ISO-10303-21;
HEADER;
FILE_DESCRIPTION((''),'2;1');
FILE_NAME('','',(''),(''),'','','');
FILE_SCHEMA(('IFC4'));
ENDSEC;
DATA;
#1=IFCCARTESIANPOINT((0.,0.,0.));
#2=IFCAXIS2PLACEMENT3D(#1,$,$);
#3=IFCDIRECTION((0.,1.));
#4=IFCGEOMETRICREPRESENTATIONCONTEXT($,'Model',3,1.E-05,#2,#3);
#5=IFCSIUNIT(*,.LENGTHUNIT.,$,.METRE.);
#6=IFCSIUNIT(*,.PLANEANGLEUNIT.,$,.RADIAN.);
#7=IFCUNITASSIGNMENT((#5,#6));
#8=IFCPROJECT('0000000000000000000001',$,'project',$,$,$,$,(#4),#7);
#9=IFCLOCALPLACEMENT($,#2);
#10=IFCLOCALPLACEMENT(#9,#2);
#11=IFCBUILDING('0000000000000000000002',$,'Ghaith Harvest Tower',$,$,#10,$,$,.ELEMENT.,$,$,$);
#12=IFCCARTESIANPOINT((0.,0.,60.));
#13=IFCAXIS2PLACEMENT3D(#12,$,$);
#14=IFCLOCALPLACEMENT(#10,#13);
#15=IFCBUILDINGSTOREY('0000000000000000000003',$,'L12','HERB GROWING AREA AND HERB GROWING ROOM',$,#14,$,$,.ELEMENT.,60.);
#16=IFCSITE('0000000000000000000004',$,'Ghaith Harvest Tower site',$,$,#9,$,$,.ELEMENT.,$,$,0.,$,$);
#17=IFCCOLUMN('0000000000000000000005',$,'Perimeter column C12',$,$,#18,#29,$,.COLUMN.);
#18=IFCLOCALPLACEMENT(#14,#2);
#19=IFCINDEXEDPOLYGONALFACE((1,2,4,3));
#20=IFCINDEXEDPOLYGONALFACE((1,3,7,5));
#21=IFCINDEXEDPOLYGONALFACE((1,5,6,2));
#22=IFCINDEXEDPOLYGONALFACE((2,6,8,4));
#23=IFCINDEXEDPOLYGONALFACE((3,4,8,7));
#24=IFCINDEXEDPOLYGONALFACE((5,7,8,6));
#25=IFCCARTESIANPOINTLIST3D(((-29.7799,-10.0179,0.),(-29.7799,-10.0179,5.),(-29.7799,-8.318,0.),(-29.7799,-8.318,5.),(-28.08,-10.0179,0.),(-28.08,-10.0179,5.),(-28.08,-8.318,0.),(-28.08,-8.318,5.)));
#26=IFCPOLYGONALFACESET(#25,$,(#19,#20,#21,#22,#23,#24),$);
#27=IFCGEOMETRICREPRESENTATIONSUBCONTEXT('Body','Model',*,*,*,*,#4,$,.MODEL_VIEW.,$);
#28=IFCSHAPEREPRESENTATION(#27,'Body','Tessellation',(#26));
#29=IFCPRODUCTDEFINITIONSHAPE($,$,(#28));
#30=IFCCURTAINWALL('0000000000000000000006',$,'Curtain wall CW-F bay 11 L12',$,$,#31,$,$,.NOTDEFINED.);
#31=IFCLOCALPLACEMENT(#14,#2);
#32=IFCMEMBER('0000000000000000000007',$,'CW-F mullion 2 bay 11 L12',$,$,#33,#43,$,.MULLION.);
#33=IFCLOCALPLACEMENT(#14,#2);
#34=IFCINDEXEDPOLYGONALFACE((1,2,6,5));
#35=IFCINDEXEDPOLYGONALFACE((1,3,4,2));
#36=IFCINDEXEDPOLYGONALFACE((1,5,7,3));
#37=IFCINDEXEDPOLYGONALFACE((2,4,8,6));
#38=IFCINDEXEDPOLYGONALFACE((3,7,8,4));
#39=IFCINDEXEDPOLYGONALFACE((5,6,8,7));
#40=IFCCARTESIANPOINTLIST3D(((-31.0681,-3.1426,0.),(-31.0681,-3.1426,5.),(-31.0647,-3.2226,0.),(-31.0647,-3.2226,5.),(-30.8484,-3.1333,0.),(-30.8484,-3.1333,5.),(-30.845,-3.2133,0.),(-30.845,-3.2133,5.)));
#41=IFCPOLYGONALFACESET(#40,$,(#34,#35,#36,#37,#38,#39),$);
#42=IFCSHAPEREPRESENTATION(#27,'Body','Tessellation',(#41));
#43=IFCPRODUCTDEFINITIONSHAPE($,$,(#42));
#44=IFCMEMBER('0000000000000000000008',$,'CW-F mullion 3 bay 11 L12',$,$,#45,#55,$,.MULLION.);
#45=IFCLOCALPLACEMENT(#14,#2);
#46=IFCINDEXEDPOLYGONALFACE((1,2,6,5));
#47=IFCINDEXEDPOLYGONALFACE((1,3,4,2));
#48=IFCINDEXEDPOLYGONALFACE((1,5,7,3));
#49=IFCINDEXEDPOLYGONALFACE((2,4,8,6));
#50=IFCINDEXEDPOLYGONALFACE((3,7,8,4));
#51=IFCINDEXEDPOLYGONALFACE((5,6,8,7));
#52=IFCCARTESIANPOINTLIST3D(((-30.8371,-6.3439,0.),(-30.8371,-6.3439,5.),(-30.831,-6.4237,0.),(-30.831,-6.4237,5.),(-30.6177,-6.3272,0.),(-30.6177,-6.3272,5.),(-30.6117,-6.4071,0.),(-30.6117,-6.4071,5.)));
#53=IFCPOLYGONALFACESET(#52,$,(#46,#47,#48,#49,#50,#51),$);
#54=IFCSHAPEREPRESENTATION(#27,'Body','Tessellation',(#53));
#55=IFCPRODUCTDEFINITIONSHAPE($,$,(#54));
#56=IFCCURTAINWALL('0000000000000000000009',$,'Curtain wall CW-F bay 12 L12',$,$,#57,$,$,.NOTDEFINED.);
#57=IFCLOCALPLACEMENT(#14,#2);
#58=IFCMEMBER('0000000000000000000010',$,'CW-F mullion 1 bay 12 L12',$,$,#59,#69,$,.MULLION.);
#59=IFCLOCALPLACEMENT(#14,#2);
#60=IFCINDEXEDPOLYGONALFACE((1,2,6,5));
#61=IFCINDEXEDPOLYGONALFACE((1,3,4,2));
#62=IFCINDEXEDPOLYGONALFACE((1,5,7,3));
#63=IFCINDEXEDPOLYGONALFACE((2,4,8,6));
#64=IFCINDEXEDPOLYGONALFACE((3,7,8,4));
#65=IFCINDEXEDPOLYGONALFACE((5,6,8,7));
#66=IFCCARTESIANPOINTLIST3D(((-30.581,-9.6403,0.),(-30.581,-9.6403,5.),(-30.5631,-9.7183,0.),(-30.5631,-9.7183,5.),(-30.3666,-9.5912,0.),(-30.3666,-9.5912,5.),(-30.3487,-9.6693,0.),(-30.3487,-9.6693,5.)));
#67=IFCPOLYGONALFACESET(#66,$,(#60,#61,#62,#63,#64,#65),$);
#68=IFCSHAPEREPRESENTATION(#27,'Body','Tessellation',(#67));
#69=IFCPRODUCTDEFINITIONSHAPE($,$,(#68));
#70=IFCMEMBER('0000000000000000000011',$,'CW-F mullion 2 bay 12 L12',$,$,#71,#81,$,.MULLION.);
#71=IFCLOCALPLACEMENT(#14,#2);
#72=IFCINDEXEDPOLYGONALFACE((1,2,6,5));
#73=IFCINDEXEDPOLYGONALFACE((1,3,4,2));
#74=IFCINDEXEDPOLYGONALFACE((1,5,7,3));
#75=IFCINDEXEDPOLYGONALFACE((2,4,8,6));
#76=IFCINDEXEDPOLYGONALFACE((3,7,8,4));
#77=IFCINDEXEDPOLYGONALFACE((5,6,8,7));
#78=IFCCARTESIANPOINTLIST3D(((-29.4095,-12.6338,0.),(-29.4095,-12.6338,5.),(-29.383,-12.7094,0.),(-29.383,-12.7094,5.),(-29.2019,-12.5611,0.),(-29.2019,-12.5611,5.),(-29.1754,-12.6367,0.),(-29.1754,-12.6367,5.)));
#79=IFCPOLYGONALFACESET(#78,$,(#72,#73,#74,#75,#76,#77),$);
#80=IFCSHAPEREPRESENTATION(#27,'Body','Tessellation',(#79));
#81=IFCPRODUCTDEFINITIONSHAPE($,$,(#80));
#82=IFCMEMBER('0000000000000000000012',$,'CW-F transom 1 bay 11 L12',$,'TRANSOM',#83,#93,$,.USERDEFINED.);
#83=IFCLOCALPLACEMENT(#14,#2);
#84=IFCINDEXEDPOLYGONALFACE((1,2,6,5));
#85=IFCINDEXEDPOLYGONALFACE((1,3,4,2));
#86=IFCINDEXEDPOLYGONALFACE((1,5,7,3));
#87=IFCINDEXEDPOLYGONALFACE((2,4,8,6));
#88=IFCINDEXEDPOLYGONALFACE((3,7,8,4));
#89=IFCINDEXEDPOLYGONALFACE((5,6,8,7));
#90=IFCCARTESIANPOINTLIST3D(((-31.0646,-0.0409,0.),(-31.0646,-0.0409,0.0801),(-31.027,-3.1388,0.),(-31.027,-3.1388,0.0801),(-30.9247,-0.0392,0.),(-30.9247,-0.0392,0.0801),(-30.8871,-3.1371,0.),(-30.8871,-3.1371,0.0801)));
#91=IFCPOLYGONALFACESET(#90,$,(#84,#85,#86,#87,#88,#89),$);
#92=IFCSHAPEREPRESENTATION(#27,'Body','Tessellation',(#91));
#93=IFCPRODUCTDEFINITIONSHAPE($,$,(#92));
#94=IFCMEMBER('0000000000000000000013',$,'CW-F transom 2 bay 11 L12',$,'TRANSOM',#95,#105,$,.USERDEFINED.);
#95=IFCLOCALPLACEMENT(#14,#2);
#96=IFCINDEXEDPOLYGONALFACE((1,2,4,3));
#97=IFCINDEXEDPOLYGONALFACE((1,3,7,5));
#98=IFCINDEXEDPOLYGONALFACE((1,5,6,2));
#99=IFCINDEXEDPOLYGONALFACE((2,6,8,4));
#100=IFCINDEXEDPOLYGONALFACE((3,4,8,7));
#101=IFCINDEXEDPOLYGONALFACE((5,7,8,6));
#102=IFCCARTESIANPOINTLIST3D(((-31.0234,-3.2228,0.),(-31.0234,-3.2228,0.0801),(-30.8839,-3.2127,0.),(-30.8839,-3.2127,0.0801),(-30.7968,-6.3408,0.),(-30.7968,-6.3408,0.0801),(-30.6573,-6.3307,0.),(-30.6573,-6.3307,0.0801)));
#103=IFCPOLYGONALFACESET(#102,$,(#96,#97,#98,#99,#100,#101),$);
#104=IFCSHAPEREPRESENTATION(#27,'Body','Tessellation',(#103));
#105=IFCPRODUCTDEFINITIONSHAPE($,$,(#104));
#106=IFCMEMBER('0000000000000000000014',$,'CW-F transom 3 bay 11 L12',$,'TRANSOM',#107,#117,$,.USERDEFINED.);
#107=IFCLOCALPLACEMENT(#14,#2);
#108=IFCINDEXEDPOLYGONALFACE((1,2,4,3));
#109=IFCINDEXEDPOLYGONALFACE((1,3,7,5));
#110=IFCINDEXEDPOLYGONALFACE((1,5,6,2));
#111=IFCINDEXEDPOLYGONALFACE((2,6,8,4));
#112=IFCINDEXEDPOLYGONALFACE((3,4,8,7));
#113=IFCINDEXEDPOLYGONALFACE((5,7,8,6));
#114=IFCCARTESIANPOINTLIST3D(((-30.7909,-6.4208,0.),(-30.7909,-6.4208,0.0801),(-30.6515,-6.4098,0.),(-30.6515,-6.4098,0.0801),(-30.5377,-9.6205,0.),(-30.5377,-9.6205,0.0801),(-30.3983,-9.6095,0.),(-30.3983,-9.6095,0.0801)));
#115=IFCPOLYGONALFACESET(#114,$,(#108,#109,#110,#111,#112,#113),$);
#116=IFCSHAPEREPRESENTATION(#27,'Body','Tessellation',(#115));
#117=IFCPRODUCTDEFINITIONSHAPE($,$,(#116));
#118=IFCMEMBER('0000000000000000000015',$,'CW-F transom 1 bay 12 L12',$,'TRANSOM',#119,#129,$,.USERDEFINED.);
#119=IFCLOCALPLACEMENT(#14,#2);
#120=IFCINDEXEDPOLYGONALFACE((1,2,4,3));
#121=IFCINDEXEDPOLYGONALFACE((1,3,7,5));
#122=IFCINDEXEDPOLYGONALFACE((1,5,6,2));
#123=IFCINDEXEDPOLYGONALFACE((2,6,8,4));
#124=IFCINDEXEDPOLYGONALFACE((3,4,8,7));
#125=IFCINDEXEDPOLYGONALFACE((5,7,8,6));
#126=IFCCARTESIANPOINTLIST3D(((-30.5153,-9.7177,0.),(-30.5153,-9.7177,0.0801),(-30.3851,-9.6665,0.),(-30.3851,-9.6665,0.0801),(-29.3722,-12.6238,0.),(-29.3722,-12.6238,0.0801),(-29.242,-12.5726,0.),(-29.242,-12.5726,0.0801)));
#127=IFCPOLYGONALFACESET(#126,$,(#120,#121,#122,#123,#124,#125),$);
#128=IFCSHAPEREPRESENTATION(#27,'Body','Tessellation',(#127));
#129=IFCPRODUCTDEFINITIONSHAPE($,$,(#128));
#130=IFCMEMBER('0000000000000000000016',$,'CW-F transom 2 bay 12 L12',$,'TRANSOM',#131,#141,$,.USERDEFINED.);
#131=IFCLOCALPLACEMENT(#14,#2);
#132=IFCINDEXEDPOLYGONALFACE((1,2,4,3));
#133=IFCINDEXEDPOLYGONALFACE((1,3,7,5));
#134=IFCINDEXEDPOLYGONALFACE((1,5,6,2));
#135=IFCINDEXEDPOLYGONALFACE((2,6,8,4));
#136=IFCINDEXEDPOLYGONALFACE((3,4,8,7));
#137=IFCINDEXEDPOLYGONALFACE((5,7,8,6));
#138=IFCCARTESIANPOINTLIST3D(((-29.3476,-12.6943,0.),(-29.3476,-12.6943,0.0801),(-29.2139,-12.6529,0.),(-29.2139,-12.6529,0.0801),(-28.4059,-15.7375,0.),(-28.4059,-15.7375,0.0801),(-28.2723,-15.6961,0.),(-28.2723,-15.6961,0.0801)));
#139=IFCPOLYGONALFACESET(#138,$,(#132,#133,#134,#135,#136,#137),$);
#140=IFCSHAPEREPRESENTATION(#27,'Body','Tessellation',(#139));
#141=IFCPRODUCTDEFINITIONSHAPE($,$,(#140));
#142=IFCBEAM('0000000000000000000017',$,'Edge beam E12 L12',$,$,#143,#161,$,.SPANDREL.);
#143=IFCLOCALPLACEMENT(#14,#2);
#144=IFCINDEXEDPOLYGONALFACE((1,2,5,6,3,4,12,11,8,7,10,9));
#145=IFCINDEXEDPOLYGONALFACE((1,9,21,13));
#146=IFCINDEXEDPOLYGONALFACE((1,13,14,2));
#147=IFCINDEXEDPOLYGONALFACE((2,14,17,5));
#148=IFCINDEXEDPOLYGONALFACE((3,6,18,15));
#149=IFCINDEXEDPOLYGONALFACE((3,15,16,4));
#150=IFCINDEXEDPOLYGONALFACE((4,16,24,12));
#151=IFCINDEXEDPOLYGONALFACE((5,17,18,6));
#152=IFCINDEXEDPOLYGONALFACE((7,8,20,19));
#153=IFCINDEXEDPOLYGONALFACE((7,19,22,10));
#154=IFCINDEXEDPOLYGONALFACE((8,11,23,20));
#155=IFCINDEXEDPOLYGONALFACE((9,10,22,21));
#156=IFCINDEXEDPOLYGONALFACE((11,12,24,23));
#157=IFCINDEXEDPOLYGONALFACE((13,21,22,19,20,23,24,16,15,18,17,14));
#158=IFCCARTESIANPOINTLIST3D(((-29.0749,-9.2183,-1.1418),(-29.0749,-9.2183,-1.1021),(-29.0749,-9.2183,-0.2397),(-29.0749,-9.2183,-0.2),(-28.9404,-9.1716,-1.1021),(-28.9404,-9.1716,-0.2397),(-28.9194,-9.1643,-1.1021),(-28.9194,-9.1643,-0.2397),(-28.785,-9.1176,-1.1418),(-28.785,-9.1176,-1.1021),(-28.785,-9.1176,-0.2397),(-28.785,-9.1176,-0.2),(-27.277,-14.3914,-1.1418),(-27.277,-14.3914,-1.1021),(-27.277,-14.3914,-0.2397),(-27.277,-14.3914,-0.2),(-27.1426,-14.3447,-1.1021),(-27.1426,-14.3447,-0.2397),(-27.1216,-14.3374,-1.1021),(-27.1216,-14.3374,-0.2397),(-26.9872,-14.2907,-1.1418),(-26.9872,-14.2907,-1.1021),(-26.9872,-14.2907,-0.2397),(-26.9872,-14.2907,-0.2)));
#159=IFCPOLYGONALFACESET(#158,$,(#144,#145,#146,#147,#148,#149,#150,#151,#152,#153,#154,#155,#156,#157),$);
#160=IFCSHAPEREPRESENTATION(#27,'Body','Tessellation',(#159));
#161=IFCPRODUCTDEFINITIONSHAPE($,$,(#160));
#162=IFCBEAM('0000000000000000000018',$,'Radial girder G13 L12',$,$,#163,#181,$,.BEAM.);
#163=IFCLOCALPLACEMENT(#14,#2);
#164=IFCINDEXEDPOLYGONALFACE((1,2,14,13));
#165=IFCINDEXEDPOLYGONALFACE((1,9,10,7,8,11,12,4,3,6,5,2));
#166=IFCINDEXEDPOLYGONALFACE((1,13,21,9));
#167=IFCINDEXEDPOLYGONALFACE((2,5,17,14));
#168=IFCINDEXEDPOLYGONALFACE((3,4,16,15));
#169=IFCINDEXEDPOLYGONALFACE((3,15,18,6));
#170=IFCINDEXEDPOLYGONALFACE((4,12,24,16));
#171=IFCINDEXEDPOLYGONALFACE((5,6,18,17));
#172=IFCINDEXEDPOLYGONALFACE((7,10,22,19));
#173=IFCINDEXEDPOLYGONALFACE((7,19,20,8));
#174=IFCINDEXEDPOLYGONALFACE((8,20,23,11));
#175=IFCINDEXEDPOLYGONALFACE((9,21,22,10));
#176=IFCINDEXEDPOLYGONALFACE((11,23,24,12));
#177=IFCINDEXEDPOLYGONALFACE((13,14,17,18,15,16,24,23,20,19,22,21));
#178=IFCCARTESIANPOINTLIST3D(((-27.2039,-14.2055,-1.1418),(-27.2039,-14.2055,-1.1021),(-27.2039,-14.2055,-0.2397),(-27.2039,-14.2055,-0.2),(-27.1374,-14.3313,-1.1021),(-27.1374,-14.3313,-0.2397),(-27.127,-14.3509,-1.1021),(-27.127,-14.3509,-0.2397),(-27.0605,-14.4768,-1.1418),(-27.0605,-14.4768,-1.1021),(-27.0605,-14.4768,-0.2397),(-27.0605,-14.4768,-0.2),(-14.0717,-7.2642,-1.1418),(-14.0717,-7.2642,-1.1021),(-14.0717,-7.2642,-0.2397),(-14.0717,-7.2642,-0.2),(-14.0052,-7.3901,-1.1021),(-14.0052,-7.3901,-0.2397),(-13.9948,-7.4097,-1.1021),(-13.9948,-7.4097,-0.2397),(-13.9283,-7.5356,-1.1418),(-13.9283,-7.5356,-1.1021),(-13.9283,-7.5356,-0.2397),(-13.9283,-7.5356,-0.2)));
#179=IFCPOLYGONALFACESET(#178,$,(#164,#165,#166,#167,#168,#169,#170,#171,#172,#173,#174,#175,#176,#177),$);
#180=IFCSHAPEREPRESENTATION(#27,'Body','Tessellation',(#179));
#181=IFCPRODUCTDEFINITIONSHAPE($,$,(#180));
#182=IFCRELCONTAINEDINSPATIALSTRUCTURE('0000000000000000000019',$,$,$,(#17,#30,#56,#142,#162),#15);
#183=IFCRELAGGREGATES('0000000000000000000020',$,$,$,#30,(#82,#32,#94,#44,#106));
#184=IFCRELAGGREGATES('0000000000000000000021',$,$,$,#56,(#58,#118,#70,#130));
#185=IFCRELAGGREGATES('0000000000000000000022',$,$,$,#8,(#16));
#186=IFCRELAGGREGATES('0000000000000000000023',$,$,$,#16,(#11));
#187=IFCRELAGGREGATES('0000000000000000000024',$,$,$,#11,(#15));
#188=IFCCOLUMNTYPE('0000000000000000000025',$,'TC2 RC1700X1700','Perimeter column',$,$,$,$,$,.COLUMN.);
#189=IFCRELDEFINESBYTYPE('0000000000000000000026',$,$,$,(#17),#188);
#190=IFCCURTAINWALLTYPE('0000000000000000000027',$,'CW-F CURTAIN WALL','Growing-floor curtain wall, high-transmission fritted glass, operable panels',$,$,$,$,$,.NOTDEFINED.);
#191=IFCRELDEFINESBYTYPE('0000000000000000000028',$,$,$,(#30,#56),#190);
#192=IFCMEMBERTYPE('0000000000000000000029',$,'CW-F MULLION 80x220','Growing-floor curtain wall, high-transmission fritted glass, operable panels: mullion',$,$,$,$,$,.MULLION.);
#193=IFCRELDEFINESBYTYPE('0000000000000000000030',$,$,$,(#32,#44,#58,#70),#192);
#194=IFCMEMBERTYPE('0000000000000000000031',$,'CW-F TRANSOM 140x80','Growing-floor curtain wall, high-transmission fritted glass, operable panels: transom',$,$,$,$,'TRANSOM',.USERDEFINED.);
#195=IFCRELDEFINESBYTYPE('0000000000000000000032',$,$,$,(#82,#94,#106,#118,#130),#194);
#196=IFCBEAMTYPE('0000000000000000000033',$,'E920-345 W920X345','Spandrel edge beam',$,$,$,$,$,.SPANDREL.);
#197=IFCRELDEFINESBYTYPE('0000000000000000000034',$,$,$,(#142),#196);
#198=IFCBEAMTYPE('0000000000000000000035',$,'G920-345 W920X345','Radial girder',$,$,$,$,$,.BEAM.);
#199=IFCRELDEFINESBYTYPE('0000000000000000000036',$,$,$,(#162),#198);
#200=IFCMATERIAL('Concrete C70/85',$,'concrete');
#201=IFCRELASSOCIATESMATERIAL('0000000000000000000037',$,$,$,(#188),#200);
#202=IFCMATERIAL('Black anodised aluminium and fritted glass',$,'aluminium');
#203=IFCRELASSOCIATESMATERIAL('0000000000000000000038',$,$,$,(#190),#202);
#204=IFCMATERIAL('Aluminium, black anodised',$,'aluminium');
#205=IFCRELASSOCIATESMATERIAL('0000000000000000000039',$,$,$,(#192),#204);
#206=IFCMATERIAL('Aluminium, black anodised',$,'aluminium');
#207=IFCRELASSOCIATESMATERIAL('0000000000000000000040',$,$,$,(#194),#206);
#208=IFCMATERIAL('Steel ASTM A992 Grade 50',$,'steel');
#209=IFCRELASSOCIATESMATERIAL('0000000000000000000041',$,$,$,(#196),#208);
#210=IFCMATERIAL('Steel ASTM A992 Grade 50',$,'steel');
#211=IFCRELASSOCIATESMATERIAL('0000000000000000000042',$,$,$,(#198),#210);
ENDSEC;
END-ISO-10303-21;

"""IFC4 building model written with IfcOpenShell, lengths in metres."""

from ifc_helpers import new_model, si_unit, direction, frame, origin, origin_2d, place, context, subcontext, project, spatial, rectangle, i_section, extrude, material, material_profile, profile_set, type_object, element, aggregate, save


model = new_model("IFC4")

# Units and contexts
model_context = context("Model", 3, precision=1e-05, world=origin(), true_north=direction((0.0, 1.0)))
body_context = subcontext(model_context, "Body", "Model", "MODEL_VIEW")
ifc_project = project(units=[si_unit("LENGTHUNIT", "METRE"), si_unit("PLANEANGLEUNIT", "RADIAN")], contexts=[model_context])

# Site, building, storey
site_placement = place(None, origin())
site = spatial("IfcSite", under=ifc_project, at=site_placement, Name="Ghaith Harvest Tower site", CompositionType="ELEMENT", RefElevation=0.0)
building_placement = place(site_placement, origin())
building = spatial("IfcBuilding", under=site, at=building_placement, Name="Ghaith Harvest Tower", CompositionType="ELEMENT")
storey_placement = place(building_placement, frame((0.0, 0.0, 60.0)))
storey = spatial("IfcBuildingStorey", under=building, at=storey_placement, Name="L12", Description="HERB GROWING AREA AND HERB GROWING ROOM", CompositionType="ELEMENT", Elevation=60.0)

# Column
ifc_material_1 = material(Name="Concrete C70/85", Category="concrete")
ifc_material_profile_1 = material_profile(ifc_material_1, rectangle(XDim=1.7, YDim=1.7, at=origin_2d()), Name="RC1700X1700")
ifc_profile_set_1 = profile_set([ifc_material_profile_1], Name="Concrete C70/85")
column_type = type_object("IfcColumnType", Name="TC2 RC1700X1700", Description="Perimeter column", PredefinedType="COLUMN", material=ifc_profile_set_1)
column_placement = place(storey_placement, frame((-28.9299, -9.168, 0.0), z_axis=(0.0, 0.0, 1.0), x_axis=(1.0, 0.0, 0.0)))
element("IfcColumn", 1, at=column_placement, inside=storey, type_object=column_type, Name="Perimeter column C12", PredefinedType="COLUMN", context=body_context, shape_type="SweptSolid", body=[
    extrude(rectangle(XDim=1.7, YDim=1.7, at=origin_2d()), origin(), (0.0, 0.0, 1.0), 5.0),
])

# Curtain walls, members
ifc_material_2 = material(Name="Black anodised aluminium and fritted glass", Category="aluminium")
curtain_wall_type = type_object("IfcCurtainWallType", Name="CW-F CURTAIN WALL", Description="Growing-floor curtain wall, high-transmission fritted glass, operable panels", PredefinedType="NOTDEFINED", material=ifc_material_2)
curtain_wall_1_placement = place(storey_placement, origin())
curtain_wall_1 = element("IfcCurtainWall", 2, at=curtain_wall_1_placement, inside=storey, type_object=curtain_wall_type, Name="Curtain wall CW-F bay 11 L12", PredefinedType="NOTDEFINED")
ifc_material_3 = material(Name="Aluminium, black anodised", Category="aluminium")
ifc_material_profile_2 = material_profile(ifc_material_3, rectangle(XDim=0.0801, YDim=0.22, at=origin_2d()), Name="CW-F MULLION 80x220")
ifc_profile_set_2 = profile_set([ifc_material_profile_2], Name="Aluminium, black anodised")
member_type_1 = type_object("IfcMemberType", Name="CW-F MULLION 80x220", Description="Growing-floor curtain wall, high-transmission fritted glass, operable panels: mullion", PredefinedType="MULLION", material=ifc_profile_set_2)
member_1_placement = place(storey_placement, frame((-30.9565, -3.178, 0.0), z_axis=(0.0, 0.0, 1.0), x_axis=(0.042427, -0.9991, 0.0)))
member_1 = element("IfcMember", 3, at=member_1_placement, type_object=member_type_1, Name="CW-F mullion 2 bay 11 L12", PredefinedType="MULLION", context=body_context, shape_type="SweptSolid", body=[
    extrude(rectangle(XDim=0.0801, YDim=0.22, at=origin_2d()), origin(), (0.0, 0.0, 1.0), 5.0),
])
member_2_placement = place(storey_placement, frame((-30.7244, -6.3755, 0.0), z_axis=(0.0, 0.0, 1.0), x_axis=(0.075686, -0.997132, 0.0)))
member_2 = element("IfcMember", 4, at=member_2_placement, type_object=member_type_1, Name="CW-F mullion 3 bay 11 L12", PredefinedType="MULLION", context=body_context, shape_type="SweptSolid", body=[
    extrude(rectangle(XDim=0.0801, YDim=0.22, at=origin_2d()), origin(), (0.0, 0.0, 1.0), 5.0),
])
curtain_wall_2_placement = place(storey_placement, origin())
curtain_wall_2 = element("IfcCurtainWall", 5, at=curtain_wall_2_placement, inside=storey, type_object=curtain_wall_type, Name="Curtain wall CW-F bay 12 L12", PredefinedType="NOTDEFINED")
member_3_placement = place(storey_placement, frame((-30.4648, -9.6548, 0.0), z_axis=(0.0, 0.0, 1.0), x_axis=(0.222967, -0.974826, 0.0)))
member_3 = element("IfcMember", 6, at=member_3_placement, type_object=member_type_1, Name="CW-F mullion 1 bay 12 L12", PredefinedType="MULLION", context=body_context, shape_type="SweptSolid", body=[
    extrude(rectangle(XDim=0.0801, YDim=0.22, at=origin_2d()), origin(), (0.0, 0.0, 1.0), 5.0),
])
member_4_placement = place(storey_placement, frame((-29.2925, -12.6353, 0.0), z_axis=(0.0, 0.0, 1.0), x_axis=(0.330701, -0.943736, 0.0)))
member_4 = element("IfcMember", 7, at=member_4_placement, type_object=member_type_1, Name="CW-F mullion 2 bay 12 L12", PredefinedType="MULLION", context=body_context, shape_type="SweptSolid", body=[
    extrude(rectangle(XDim=0.0801, YDim=0.22, at=origin_2d()), origin(), (0.0, 0.0, 1.0), 5.0),
])

# Members
ifc_material_4 = material(Name="Aluminium, black anodised", Category="aluminium")
ifc_material_profile_3 = material_profile(ifc_material_4, rectangle(XDim=0.1399, YDim=0.0801, at=origin_2d()), Name="CW-F TRANSOM 140x80")
ifc_profile_set_3 = profile_set([ifc_material_profile_3], Name="Aluminium, black anodised")
member_type_2 = type_object("IfcMemberType", Name="CW-F TRANSOM 140x80", Description="Growing-floor curtain wall, high-transmission fritted glass, operable panels: transom", ElementType="TRANSOM", PredefinedType="USERDEFINED", material=ifc_profile_set_3)
member_5_placement = place(storey_placement, frame((-30.9946, -0.04, 0.04), z_axis=(0.012136, -0.999926, 0.0), x_axis=(0.999926, 0.012136, 0.0)))
member_5 = element("IfcMember", 8, at=member_5_placement, type_object=member_type_2, Name="CW-F transom 1 bay 11 L12", ObjectType="TRANSOM", PredefinedType="USERDEFINED", context=body_context, shape_type="SweptSolid", body=[
    extrude(rectangle(XDim=0.1399, YDim=0.0801, at=origin_2d()), origin(), (0.0, 0.0, 1.0), 3.0981),
])
member_6_placement = place(storey_placement, frame((-30.9536, -3.2178, 0.04), z_axis=(0.072474, -0.99737, 0.0), x_axis=(0.99737, 0.072474, 0.0)))
member_6 = element("IfcMember", 9, at=member_6_placement, type_object=member_type_2, Name="CW-F transom 2 bay 11 L12", ObjectType="TRANSOM", PredefinedType="USERDEFINED", context=body_context, shape_type="SweptSolid", body=[
    extrude(rectangle(XDim=0.1399, YDim=0.0801, at=origin_2d()), origin(), (0.0, 0.0, 1.0), 3.1262),
])
member_7_placement = place(storey_placement, frame((-30.7212, -6.4153, 0.04), z_axis=(0.078878, -0.996884, 0.0), x_axis=(0.996884, 0.078878, 0.0)))
member_7 = element("IfcMember", 10, at=member_7_placement, type_object=member_type_2, Name="CW-F transom 3 bay 11 L12", ObjectType="TRANSOM", PredefinedType="USERDEFINED", context=body_context, shape_type="SweptSolid", body=[
    extrude(rectangle(XDim=0.1399, YDim=0.0801, at=origin_2d()), origin(), (0.0, 0.0, 1.0), 3.2097),
])
member_8_placement = place(storey_placement, frame((-30.4502, -9.6921, 0.04), z_axis=(0.366047, -0.930597, 0.0), x_axis=(0.930597, 0.366047, 0.0)))
member_8 = element("IfcMember", 11, at=member_8_placement, type_object=member_type_2, Name="CW-F transom 1 bay 12 L12", ObjectType="TRANSOM", PredefinedType="USERDEFINED", context=body_context, shape_type="SweptSolid", body=[
    extrude(rectangle(XDim=0.1399, YDim=0.0801, at=origin_2d()), origin(), (0.0, 0.0, 1.0), 3.1228),
])
member_9_placement = place(storey_placement, frame((-29.2808, -12.6736, 0.04), z_axis=(0.295599, -0.955312, 0.0), x_axis=(0.955312, 0.295599, 0.0)))
member_9 = element("IfcMember", 12, at=member_9_placement, type_object=member_type_2, Name="CW-F transom 2 bay 12 L12", ObjectType="TRANSOM", PredefinedType="USERDEFINED", context=body_context, shape_type="SweptSolid", body=[
    extrude(rectangle(XDim=0.1399, YDim=0.0801, at=origin_2d()), origin(), (0.0, 0.0, 1.0), 3.1855),
])

# Beams
ifc_material_5 = material(Name="Steel ASTM A992 Grade 50", Category="steel")
ifc_material_profile_4 = material_profile(ifc_material_5, i_section(OverallWidth=0.3069, OverallDepth=0.9419, WebThickness=0.0222, FlangeThickness=0.0398, at=origin_2d()), Name="W920X345")
ifc_profile_set_4 = profile_set([ifc_material_profile_4], Name="Steel ASTM A992 Grade 50")
beam_type_1 = type_object("IfcBeamType", Name="E920-345 W920X345", Description="Spandrel edge beam", PredefinedType="SPANDREL", material=ifc_profile_set_4)
beam_1_placement = place(storey_placement, frame((-28.9299, -9.168, -0.6709), z_axis=(0.328279, -0.944581, 0.0), x_axis=(0.944581, 0.328279, 0.0)))
element("IfcBeam", 13, at=beam_1_placement, inside=storey, type_object=beam_type_1, Name="Edge beam E12 L12", PredefinedType="SPANDREL", context=body_context, shape_type="SweptSolid", body=[
    extrude(i_section(OverallWidth=0.3069, OverallDepth=0.9419, WebThickness=0.0222, FlangeThickness=0.0398, at=origin_2d()), origin(), (0.0, 0.0, 1.0), 5.4766),
])
ifc_material_6 = material(Name="Steel ASTM A992 Grade 50", Category="steel")
ifc_material_profile_5 = material_profile(ifc_material_6, i_section(OverallWidth=0.3069, OverallDepth=0.9419, WebThickness=0.0222, FlangeThickness=0.0398, at=origin_2d()), Name="W920X345")
ifc_profile_set_5 = profile_set([ifc_material_profile_5], Name="Steel ASTM A992 Grade 50")
beam_type_2 = type_object("IfcBeamType", Name="G920-345 W920X345", Description="Radial girder", PredefinedType="BEAM", material=ifc_profile_set_5)
beam_2_placement = place(storey_placement, frame((-14.0, -7.3999, -0.6709), z_axis=(-0.884097, -0.467303, 0.0), x_axis=(0.467303, -0.884097, 0.0)))
element("IfcBeam", 14, at=beam_2_placement, inside=storey, type_object=beam_type_2, Name="Radial girder G13 L12", PredefinedType="BEAM", context=body_context, shape_type="SweptSolid", body=[
    extrude(i_section(OverallWidth=0.3069, OverallDepth=0.9419, WebThickness=0.0222, FlangeThickness=0.0398, at=origin_2d()), origin(), (0.0, 0.0, 1.0), 14.8538),
])

aggregate(curtain_wall_1, [member_5, member_1, member_6, member_2, member_7])
aggregate(curtain_wall_2, [member_3, member_8, member_4, member_9])

save(model, "model.ifc")
